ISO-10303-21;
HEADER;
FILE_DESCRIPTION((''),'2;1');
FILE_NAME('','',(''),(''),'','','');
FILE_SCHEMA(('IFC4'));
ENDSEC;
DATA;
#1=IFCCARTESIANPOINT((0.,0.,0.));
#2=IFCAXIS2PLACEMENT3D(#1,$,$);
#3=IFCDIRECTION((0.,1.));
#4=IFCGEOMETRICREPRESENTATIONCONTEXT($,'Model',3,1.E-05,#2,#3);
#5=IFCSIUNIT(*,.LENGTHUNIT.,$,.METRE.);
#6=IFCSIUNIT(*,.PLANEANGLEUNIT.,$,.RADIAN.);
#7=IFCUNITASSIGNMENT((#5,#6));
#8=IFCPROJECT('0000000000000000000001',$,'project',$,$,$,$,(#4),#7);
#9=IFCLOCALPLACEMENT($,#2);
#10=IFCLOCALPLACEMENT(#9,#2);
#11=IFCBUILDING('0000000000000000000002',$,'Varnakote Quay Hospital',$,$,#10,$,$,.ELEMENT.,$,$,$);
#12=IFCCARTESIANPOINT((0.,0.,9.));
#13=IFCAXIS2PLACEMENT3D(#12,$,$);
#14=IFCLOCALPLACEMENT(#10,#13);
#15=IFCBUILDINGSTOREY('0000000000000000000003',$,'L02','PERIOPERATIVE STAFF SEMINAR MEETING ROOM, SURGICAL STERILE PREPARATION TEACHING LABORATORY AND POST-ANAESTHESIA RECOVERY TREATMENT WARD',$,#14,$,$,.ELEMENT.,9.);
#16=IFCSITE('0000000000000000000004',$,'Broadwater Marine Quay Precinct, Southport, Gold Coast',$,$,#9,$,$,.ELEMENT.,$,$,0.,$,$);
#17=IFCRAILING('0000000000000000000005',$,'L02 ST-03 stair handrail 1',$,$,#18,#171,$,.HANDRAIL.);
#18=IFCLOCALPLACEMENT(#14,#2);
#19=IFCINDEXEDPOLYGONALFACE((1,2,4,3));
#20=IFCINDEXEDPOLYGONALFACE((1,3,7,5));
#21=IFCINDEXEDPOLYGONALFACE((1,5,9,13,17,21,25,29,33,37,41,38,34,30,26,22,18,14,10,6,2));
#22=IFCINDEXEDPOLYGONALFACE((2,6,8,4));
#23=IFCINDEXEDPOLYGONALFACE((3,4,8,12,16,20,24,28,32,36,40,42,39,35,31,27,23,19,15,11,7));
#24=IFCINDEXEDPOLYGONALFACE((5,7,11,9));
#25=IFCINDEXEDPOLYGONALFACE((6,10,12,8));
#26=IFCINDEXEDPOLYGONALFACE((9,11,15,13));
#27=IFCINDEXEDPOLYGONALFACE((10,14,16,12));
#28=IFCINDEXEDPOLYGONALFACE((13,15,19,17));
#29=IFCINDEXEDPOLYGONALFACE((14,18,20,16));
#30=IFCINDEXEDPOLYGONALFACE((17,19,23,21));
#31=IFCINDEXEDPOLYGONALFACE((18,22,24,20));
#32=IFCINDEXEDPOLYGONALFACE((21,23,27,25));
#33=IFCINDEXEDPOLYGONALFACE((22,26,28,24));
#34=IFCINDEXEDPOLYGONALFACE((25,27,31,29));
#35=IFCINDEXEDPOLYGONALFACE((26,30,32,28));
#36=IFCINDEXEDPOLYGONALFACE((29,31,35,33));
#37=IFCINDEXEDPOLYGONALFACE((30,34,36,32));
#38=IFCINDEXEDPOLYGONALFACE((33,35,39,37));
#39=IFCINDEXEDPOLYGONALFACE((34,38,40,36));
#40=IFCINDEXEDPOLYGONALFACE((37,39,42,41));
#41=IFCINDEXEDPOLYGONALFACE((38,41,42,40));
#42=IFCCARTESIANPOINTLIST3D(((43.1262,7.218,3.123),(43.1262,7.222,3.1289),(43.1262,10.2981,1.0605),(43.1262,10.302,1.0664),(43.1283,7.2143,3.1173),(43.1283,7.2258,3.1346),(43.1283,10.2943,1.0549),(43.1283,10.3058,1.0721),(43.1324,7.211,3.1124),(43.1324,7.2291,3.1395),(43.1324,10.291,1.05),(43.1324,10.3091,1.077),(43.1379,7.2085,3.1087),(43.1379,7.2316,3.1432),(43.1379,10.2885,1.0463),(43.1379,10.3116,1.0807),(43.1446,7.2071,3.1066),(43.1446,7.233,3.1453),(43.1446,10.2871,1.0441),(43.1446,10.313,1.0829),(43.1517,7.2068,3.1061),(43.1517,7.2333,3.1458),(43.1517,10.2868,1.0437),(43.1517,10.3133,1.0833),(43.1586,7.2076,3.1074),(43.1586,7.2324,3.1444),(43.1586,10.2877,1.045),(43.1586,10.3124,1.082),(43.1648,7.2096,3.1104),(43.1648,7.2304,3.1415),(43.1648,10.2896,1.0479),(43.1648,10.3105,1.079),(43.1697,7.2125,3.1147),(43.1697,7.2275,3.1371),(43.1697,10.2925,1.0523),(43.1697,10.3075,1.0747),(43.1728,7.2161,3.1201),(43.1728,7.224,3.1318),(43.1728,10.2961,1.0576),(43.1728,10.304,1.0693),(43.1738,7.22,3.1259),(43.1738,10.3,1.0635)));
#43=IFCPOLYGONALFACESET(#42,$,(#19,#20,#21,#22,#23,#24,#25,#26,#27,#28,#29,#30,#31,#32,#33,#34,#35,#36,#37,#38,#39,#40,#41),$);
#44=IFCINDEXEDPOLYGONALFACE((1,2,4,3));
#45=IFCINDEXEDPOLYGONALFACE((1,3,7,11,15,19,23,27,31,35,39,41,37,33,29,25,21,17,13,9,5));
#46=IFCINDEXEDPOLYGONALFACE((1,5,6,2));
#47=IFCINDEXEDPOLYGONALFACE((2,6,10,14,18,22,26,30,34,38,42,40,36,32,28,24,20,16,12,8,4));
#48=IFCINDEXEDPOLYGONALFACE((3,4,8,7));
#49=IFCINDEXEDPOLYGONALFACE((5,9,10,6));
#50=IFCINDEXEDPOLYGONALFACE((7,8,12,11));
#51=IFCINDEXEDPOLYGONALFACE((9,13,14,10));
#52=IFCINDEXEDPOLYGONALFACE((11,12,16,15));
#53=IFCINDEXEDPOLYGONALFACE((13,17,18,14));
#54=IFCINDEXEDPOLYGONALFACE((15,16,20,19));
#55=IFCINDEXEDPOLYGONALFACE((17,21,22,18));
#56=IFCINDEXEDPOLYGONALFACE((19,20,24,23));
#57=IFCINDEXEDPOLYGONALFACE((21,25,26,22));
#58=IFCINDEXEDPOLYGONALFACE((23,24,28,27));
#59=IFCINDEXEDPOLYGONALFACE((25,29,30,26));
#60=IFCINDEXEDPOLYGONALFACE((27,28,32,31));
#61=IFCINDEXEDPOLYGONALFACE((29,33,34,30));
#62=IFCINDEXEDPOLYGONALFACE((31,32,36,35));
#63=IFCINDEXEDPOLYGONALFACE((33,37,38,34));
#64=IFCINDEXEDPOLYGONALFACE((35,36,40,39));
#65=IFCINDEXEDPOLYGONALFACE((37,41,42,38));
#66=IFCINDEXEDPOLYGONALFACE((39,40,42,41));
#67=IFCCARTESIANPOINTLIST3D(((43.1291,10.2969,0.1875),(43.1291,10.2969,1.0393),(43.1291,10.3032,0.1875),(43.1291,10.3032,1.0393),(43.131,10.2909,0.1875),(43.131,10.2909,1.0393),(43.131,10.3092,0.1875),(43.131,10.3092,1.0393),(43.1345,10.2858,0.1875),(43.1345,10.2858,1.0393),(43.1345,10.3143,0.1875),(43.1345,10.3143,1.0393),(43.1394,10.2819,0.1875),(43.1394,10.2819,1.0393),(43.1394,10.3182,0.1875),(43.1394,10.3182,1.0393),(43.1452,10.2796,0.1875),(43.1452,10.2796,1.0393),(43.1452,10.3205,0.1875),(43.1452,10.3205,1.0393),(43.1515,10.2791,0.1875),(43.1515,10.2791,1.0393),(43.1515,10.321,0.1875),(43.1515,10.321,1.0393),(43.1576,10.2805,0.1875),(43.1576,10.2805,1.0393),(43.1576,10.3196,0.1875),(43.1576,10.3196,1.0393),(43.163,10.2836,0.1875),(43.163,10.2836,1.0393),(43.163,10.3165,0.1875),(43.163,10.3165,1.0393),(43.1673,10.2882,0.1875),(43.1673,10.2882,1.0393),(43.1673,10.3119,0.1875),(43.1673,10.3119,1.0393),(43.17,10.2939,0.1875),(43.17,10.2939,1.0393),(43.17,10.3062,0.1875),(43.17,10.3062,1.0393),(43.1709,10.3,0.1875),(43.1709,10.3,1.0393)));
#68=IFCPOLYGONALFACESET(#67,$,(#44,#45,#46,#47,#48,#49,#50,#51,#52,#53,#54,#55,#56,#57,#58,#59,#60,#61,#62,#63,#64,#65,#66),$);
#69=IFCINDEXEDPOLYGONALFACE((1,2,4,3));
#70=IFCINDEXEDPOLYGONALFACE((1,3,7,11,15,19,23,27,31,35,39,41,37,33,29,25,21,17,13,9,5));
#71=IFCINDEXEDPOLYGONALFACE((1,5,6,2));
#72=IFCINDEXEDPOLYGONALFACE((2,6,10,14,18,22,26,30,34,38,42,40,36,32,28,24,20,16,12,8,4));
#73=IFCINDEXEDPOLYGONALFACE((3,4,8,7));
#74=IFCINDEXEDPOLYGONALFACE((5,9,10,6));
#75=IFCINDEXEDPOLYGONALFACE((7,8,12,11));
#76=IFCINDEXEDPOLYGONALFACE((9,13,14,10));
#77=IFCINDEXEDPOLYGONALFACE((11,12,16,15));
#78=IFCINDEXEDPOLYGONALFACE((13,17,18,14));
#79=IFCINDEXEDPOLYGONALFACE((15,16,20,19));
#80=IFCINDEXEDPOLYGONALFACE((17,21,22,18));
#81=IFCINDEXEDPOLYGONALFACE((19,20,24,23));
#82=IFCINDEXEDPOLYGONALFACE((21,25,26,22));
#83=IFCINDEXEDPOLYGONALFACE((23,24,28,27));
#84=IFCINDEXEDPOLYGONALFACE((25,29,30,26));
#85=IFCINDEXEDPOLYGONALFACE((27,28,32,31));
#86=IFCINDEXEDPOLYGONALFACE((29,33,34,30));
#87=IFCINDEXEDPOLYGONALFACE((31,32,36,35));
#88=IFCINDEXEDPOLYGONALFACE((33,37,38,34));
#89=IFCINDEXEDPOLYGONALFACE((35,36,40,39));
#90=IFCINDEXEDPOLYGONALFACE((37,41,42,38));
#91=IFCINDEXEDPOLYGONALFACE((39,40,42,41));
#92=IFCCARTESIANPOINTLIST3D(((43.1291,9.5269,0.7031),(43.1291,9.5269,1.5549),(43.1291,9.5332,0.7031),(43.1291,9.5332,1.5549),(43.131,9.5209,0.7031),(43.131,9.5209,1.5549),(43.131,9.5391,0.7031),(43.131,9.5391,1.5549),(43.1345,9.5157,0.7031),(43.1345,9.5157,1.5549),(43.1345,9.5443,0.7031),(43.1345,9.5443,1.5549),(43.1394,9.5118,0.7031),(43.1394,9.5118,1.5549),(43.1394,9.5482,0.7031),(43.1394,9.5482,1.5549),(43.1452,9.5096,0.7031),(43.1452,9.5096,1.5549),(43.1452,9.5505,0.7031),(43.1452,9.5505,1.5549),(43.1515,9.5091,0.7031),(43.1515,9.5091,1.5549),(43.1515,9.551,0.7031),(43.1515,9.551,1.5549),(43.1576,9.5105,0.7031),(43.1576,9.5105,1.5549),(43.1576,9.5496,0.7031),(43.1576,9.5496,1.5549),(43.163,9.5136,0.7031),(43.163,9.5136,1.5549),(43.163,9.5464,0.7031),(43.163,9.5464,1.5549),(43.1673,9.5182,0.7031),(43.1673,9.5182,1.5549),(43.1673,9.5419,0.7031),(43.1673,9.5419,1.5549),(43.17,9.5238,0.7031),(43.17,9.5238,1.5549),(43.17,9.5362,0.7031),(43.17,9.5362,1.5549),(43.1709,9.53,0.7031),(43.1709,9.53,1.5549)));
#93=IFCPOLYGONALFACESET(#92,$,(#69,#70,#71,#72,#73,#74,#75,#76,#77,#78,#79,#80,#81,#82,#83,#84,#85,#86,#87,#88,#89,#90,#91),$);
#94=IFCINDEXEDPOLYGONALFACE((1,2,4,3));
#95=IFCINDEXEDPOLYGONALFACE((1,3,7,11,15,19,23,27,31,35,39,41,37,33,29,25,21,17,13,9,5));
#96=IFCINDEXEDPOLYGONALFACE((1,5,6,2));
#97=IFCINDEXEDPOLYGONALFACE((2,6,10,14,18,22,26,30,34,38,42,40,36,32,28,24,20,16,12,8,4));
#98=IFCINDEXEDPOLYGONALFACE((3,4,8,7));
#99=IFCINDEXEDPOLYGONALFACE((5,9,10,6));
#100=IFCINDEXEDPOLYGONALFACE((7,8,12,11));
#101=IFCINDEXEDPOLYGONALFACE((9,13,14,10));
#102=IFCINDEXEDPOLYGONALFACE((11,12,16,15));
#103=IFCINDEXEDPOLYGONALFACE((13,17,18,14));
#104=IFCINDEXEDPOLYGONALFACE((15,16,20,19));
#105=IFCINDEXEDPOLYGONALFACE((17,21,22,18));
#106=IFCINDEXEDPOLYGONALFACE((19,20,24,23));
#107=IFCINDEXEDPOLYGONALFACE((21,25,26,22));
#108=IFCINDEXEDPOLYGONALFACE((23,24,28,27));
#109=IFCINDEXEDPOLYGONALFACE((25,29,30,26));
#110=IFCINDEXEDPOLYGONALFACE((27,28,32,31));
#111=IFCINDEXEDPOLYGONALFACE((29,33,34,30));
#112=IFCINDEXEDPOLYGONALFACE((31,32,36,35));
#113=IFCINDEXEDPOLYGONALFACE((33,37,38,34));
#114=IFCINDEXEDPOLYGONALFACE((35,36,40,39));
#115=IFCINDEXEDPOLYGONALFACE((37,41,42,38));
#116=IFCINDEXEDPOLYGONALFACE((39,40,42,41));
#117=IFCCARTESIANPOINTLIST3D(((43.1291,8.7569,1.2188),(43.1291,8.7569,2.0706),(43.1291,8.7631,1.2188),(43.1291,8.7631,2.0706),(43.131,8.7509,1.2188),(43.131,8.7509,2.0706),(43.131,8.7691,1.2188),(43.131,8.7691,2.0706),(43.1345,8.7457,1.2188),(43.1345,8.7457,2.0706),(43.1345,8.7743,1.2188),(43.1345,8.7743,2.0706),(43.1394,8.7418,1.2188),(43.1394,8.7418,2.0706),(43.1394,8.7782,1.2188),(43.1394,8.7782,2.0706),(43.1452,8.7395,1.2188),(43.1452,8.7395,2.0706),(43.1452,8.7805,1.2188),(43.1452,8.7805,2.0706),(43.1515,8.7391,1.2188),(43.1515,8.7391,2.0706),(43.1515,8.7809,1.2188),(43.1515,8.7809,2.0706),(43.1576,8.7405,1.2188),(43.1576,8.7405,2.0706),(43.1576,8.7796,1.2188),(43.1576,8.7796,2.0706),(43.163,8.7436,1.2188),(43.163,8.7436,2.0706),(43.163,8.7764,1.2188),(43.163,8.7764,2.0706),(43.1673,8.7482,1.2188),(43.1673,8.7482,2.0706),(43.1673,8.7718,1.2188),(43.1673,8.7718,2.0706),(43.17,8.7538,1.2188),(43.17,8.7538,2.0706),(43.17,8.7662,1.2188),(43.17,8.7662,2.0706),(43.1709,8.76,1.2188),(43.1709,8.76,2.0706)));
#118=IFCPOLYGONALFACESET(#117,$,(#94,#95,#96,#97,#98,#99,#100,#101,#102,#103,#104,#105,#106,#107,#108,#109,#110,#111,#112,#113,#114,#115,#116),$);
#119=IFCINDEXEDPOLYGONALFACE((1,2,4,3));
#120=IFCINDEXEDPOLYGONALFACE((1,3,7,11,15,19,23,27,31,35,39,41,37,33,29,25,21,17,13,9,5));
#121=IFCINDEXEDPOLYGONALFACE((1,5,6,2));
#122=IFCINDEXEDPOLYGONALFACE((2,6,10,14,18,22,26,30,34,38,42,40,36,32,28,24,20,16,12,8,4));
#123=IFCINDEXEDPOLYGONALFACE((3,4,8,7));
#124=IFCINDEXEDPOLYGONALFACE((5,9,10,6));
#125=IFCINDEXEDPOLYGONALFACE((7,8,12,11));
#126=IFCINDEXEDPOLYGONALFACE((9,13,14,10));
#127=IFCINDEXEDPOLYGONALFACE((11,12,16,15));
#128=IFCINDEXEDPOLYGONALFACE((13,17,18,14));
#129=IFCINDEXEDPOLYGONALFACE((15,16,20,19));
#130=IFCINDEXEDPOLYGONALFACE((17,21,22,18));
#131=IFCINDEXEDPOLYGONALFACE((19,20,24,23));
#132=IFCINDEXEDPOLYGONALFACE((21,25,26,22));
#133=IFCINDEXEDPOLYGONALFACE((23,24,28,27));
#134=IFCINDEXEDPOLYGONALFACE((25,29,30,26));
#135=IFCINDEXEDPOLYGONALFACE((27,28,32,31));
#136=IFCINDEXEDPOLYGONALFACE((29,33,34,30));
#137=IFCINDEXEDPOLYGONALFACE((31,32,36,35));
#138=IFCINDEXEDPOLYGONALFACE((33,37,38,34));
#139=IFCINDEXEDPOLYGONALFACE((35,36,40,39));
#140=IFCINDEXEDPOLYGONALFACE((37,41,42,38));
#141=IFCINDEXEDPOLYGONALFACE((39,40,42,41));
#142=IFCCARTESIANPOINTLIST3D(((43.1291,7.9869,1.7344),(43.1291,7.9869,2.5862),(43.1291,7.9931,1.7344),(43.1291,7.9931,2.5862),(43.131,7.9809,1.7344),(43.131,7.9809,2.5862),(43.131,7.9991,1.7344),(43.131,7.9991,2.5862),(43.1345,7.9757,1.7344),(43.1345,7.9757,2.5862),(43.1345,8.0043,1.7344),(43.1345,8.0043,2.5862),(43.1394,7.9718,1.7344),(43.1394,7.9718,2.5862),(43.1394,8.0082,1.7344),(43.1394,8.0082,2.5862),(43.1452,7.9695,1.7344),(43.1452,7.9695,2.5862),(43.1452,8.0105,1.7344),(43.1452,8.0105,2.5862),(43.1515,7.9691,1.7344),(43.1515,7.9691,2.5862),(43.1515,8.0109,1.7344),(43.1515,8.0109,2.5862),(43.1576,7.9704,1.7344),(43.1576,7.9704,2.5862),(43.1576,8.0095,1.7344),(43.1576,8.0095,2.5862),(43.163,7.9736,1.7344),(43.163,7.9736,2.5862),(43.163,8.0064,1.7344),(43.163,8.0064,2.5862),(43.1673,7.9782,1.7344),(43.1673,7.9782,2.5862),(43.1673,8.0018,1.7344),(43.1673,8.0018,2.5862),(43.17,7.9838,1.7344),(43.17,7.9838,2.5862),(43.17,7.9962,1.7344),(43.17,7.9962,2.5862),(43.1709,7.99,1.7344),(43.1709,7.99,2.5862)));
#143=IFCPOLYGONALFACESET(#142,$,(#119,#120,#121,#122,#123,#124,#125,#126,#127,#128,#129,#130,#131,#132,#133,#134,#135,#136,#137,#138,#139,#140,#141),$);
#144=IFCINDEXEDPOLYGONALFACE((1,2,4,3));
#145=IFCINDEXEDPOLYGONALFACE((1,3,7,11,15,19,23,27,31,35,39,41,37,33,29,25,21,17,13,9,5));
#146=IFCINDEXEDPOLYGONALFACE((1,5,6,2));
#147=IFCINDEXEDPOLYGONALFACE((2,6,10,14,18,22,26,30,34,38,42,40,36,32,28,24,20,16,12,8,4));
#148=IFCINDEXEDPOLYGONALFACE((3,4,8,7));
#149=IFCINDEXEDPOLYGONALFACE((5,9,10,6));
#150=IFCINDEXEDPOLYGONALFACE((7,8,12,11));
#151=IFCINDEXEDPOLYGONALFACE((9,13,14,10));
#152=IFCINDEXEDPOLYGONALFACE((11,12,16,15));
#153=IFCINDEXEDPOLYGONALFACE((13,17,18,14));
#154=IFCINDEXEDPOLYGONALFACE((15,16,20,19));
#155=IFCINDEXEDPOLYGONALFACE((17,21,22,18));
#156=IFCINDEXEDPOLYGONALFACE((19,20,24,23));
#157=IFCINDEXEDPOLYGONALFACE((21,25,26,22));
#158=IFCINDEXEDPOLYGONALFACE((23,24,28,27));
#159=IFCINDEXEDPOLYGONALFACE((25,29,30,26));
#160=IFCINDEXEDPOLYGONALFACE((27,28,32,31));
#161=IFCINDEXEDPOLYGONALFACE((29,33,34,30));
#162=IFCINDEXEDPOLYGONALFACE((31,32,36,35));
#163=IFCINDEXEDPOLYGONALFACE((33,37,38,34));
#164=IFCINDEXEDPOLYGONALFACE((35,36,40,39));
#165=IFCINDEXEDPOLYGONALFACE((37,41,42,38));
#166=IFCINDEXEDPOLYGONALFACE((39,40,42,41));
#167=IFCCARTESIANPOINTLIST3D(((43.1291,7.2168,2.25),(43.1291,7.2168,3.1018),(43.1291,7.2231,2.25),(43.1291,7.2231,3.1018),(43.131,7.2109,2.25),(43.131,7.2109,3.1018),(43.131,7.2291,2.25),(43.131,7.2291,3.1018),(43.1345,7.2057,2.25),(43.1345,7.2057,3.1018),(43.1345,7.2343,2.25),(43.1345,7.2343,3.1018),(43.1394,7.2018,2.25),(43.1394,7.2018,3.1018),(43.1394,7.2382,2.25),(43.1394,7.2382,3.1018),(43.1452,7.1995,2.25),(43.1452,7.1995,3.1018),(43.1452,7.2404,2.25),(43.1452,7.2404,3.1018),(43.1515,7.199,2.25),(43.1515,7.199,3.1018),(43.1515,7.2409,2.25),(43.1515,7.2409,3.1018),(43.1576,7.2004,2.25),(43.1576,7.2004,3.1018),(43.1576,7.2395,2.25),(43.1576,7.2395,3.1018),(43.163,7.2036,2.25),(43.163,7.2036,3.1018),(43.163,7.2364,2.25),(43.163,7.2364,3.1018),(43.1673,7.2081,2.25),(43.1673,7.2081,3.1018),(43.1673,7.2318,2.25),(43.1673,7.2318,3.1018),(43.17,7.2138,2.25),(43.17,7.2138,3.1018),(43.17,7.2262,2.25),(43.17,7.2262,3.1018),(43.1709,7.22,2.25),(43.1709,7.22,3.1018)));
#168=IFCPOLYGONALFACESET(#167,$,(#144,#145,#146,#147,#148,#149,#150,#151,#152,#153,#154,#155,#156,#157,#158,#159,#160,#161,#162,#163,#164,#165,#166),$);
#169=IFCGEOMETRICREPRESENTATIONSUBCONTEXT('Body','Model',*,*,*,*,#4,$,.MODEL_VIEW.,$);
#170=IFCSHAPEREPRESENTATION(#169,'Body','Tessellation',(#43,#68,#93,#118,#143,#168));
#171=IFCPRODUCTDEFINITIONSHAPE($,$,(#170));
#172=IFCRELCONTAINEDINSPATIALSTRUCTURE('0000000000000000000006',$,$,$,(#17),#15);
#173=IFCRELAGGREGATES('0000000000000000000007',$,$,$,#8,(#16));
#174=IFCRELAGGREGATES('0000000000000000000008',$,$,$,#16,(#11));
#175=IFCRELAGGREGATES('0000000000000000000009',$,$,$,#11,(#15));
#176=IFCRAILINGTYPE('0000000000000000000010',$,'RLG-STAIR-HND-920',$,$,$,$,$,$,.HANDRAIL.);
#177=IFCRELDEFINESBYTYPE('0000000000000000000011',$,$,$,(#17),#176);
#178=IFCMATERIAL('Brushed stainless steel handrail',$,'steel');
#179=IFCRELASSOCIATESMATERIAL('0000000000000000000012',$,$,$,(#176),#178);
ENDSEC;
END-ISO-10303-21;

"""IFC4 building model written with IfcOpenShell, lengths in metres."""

from ifc_helpers import new_model, si_unit, direction, frame, origin, origin_2d, place, context, subcontext, project, spatial, circle, extrude, material, type_object, element, save


model = new_model("IFC4")

# Units and contexts
model_context = context("Model", 3, precision=1e-05, world=origin(), true_north=direction((0.0, 1.0)))
body_context = subcontext(model_context, "Body", "Model", "MODEL_VIEW")
ifc_project = project(units=[si_unit("LENGTHUNIT", "METRE"), si_unit("PLANEANGLEUNIT", "RADIAN")], contexts=[model_context])

# Site, building, storey
site_placement = place(None, origin())
site = spatial("IfcSite", under=ifc_project, at=site_placement, Name="Broadwater Marine Quay Precinct, Southport, Gold Coast", CompositionType="ELEMENT", RefElevation=0.0)
building_placement = place(site_placement, origin())
building = spatial("IfcBuilding", under=site, at=building_placement, Name="Varnakote Quay Hospital", CompositionType="ELEMENT")
storey_placement = place(building_placement, frame((0.0, 0.0, 9.0)))
storey = spatial("IfcBuildingStorey", under=building, at=storey_placement, Name="L02", Description="PERIOPERATIVE STAFF SEMINAR MEETING ROOM, SURGICAL STERILE PREPARATION TEACHING LABORATORY AND POST-ANAESTHESIA RECOVERY TREATMENT WARD", CompositionType="ELEMENT", Elevation=9.0)

# Railing
ifc_material_1 = material(Name="Brushed stainless steel handrail", Category="steel")
railing_type_1 = type_object("IfcRailingType", Name="RLG-STAIR-HND-920", PredefinedType="HANDRAIL", material=ifc_material_1)
railing_1_placement = place(storey_placement, frame((43.1499, 10.3, 0.1875)))
element("IfcRailing", 1, at=railing_1_placement, inside=storey, type_object=railing_type_1, Name="L02 ST-03 stair handrail 1", PredefinedType="HANDRAIL", context=body_context, shape_type="SweptSolid", body=[
    extrude(circle(Radius=0.0239, at=origin_2d()), frame((0.0, 0.0, 0.876), z_axis=(0.0, -0.830914, 0.556401), x_axis=(1.0, 0.0, 0.0)), (0.0, 0.0, 1.0), 3.7068),
    extrude(circle(Radius=0.021, at=origin_2d()), origin(), (0.0, 0.0, 1.0), 0.8518),
    extrude(circle(Radius=0.021, at=origin_2d()), frame((0.0, -0.77, 0.5156)), (0.0, 0.0, 1.0), 0.8518),
    extrude(circle(Radius=0.021, at=origin_2d()), frame((0.0, -1.54, 1.0312)), (0.0, 0.0, 1.0), 0.8518),
    extrude(circle(Radius=0.021, at=origin_2d()), frame((0.0, -2.3101, 1.5469)), (0.0, 0.0, 1.0), 0.8518),
    extrude(circle(Radius=0.021, at=origin_2d()), frame((0.0, -3.0801, 2.0625)), (0.0, 0.0, 1.0), 0.8518),
])

save(model, "model.ifc")
